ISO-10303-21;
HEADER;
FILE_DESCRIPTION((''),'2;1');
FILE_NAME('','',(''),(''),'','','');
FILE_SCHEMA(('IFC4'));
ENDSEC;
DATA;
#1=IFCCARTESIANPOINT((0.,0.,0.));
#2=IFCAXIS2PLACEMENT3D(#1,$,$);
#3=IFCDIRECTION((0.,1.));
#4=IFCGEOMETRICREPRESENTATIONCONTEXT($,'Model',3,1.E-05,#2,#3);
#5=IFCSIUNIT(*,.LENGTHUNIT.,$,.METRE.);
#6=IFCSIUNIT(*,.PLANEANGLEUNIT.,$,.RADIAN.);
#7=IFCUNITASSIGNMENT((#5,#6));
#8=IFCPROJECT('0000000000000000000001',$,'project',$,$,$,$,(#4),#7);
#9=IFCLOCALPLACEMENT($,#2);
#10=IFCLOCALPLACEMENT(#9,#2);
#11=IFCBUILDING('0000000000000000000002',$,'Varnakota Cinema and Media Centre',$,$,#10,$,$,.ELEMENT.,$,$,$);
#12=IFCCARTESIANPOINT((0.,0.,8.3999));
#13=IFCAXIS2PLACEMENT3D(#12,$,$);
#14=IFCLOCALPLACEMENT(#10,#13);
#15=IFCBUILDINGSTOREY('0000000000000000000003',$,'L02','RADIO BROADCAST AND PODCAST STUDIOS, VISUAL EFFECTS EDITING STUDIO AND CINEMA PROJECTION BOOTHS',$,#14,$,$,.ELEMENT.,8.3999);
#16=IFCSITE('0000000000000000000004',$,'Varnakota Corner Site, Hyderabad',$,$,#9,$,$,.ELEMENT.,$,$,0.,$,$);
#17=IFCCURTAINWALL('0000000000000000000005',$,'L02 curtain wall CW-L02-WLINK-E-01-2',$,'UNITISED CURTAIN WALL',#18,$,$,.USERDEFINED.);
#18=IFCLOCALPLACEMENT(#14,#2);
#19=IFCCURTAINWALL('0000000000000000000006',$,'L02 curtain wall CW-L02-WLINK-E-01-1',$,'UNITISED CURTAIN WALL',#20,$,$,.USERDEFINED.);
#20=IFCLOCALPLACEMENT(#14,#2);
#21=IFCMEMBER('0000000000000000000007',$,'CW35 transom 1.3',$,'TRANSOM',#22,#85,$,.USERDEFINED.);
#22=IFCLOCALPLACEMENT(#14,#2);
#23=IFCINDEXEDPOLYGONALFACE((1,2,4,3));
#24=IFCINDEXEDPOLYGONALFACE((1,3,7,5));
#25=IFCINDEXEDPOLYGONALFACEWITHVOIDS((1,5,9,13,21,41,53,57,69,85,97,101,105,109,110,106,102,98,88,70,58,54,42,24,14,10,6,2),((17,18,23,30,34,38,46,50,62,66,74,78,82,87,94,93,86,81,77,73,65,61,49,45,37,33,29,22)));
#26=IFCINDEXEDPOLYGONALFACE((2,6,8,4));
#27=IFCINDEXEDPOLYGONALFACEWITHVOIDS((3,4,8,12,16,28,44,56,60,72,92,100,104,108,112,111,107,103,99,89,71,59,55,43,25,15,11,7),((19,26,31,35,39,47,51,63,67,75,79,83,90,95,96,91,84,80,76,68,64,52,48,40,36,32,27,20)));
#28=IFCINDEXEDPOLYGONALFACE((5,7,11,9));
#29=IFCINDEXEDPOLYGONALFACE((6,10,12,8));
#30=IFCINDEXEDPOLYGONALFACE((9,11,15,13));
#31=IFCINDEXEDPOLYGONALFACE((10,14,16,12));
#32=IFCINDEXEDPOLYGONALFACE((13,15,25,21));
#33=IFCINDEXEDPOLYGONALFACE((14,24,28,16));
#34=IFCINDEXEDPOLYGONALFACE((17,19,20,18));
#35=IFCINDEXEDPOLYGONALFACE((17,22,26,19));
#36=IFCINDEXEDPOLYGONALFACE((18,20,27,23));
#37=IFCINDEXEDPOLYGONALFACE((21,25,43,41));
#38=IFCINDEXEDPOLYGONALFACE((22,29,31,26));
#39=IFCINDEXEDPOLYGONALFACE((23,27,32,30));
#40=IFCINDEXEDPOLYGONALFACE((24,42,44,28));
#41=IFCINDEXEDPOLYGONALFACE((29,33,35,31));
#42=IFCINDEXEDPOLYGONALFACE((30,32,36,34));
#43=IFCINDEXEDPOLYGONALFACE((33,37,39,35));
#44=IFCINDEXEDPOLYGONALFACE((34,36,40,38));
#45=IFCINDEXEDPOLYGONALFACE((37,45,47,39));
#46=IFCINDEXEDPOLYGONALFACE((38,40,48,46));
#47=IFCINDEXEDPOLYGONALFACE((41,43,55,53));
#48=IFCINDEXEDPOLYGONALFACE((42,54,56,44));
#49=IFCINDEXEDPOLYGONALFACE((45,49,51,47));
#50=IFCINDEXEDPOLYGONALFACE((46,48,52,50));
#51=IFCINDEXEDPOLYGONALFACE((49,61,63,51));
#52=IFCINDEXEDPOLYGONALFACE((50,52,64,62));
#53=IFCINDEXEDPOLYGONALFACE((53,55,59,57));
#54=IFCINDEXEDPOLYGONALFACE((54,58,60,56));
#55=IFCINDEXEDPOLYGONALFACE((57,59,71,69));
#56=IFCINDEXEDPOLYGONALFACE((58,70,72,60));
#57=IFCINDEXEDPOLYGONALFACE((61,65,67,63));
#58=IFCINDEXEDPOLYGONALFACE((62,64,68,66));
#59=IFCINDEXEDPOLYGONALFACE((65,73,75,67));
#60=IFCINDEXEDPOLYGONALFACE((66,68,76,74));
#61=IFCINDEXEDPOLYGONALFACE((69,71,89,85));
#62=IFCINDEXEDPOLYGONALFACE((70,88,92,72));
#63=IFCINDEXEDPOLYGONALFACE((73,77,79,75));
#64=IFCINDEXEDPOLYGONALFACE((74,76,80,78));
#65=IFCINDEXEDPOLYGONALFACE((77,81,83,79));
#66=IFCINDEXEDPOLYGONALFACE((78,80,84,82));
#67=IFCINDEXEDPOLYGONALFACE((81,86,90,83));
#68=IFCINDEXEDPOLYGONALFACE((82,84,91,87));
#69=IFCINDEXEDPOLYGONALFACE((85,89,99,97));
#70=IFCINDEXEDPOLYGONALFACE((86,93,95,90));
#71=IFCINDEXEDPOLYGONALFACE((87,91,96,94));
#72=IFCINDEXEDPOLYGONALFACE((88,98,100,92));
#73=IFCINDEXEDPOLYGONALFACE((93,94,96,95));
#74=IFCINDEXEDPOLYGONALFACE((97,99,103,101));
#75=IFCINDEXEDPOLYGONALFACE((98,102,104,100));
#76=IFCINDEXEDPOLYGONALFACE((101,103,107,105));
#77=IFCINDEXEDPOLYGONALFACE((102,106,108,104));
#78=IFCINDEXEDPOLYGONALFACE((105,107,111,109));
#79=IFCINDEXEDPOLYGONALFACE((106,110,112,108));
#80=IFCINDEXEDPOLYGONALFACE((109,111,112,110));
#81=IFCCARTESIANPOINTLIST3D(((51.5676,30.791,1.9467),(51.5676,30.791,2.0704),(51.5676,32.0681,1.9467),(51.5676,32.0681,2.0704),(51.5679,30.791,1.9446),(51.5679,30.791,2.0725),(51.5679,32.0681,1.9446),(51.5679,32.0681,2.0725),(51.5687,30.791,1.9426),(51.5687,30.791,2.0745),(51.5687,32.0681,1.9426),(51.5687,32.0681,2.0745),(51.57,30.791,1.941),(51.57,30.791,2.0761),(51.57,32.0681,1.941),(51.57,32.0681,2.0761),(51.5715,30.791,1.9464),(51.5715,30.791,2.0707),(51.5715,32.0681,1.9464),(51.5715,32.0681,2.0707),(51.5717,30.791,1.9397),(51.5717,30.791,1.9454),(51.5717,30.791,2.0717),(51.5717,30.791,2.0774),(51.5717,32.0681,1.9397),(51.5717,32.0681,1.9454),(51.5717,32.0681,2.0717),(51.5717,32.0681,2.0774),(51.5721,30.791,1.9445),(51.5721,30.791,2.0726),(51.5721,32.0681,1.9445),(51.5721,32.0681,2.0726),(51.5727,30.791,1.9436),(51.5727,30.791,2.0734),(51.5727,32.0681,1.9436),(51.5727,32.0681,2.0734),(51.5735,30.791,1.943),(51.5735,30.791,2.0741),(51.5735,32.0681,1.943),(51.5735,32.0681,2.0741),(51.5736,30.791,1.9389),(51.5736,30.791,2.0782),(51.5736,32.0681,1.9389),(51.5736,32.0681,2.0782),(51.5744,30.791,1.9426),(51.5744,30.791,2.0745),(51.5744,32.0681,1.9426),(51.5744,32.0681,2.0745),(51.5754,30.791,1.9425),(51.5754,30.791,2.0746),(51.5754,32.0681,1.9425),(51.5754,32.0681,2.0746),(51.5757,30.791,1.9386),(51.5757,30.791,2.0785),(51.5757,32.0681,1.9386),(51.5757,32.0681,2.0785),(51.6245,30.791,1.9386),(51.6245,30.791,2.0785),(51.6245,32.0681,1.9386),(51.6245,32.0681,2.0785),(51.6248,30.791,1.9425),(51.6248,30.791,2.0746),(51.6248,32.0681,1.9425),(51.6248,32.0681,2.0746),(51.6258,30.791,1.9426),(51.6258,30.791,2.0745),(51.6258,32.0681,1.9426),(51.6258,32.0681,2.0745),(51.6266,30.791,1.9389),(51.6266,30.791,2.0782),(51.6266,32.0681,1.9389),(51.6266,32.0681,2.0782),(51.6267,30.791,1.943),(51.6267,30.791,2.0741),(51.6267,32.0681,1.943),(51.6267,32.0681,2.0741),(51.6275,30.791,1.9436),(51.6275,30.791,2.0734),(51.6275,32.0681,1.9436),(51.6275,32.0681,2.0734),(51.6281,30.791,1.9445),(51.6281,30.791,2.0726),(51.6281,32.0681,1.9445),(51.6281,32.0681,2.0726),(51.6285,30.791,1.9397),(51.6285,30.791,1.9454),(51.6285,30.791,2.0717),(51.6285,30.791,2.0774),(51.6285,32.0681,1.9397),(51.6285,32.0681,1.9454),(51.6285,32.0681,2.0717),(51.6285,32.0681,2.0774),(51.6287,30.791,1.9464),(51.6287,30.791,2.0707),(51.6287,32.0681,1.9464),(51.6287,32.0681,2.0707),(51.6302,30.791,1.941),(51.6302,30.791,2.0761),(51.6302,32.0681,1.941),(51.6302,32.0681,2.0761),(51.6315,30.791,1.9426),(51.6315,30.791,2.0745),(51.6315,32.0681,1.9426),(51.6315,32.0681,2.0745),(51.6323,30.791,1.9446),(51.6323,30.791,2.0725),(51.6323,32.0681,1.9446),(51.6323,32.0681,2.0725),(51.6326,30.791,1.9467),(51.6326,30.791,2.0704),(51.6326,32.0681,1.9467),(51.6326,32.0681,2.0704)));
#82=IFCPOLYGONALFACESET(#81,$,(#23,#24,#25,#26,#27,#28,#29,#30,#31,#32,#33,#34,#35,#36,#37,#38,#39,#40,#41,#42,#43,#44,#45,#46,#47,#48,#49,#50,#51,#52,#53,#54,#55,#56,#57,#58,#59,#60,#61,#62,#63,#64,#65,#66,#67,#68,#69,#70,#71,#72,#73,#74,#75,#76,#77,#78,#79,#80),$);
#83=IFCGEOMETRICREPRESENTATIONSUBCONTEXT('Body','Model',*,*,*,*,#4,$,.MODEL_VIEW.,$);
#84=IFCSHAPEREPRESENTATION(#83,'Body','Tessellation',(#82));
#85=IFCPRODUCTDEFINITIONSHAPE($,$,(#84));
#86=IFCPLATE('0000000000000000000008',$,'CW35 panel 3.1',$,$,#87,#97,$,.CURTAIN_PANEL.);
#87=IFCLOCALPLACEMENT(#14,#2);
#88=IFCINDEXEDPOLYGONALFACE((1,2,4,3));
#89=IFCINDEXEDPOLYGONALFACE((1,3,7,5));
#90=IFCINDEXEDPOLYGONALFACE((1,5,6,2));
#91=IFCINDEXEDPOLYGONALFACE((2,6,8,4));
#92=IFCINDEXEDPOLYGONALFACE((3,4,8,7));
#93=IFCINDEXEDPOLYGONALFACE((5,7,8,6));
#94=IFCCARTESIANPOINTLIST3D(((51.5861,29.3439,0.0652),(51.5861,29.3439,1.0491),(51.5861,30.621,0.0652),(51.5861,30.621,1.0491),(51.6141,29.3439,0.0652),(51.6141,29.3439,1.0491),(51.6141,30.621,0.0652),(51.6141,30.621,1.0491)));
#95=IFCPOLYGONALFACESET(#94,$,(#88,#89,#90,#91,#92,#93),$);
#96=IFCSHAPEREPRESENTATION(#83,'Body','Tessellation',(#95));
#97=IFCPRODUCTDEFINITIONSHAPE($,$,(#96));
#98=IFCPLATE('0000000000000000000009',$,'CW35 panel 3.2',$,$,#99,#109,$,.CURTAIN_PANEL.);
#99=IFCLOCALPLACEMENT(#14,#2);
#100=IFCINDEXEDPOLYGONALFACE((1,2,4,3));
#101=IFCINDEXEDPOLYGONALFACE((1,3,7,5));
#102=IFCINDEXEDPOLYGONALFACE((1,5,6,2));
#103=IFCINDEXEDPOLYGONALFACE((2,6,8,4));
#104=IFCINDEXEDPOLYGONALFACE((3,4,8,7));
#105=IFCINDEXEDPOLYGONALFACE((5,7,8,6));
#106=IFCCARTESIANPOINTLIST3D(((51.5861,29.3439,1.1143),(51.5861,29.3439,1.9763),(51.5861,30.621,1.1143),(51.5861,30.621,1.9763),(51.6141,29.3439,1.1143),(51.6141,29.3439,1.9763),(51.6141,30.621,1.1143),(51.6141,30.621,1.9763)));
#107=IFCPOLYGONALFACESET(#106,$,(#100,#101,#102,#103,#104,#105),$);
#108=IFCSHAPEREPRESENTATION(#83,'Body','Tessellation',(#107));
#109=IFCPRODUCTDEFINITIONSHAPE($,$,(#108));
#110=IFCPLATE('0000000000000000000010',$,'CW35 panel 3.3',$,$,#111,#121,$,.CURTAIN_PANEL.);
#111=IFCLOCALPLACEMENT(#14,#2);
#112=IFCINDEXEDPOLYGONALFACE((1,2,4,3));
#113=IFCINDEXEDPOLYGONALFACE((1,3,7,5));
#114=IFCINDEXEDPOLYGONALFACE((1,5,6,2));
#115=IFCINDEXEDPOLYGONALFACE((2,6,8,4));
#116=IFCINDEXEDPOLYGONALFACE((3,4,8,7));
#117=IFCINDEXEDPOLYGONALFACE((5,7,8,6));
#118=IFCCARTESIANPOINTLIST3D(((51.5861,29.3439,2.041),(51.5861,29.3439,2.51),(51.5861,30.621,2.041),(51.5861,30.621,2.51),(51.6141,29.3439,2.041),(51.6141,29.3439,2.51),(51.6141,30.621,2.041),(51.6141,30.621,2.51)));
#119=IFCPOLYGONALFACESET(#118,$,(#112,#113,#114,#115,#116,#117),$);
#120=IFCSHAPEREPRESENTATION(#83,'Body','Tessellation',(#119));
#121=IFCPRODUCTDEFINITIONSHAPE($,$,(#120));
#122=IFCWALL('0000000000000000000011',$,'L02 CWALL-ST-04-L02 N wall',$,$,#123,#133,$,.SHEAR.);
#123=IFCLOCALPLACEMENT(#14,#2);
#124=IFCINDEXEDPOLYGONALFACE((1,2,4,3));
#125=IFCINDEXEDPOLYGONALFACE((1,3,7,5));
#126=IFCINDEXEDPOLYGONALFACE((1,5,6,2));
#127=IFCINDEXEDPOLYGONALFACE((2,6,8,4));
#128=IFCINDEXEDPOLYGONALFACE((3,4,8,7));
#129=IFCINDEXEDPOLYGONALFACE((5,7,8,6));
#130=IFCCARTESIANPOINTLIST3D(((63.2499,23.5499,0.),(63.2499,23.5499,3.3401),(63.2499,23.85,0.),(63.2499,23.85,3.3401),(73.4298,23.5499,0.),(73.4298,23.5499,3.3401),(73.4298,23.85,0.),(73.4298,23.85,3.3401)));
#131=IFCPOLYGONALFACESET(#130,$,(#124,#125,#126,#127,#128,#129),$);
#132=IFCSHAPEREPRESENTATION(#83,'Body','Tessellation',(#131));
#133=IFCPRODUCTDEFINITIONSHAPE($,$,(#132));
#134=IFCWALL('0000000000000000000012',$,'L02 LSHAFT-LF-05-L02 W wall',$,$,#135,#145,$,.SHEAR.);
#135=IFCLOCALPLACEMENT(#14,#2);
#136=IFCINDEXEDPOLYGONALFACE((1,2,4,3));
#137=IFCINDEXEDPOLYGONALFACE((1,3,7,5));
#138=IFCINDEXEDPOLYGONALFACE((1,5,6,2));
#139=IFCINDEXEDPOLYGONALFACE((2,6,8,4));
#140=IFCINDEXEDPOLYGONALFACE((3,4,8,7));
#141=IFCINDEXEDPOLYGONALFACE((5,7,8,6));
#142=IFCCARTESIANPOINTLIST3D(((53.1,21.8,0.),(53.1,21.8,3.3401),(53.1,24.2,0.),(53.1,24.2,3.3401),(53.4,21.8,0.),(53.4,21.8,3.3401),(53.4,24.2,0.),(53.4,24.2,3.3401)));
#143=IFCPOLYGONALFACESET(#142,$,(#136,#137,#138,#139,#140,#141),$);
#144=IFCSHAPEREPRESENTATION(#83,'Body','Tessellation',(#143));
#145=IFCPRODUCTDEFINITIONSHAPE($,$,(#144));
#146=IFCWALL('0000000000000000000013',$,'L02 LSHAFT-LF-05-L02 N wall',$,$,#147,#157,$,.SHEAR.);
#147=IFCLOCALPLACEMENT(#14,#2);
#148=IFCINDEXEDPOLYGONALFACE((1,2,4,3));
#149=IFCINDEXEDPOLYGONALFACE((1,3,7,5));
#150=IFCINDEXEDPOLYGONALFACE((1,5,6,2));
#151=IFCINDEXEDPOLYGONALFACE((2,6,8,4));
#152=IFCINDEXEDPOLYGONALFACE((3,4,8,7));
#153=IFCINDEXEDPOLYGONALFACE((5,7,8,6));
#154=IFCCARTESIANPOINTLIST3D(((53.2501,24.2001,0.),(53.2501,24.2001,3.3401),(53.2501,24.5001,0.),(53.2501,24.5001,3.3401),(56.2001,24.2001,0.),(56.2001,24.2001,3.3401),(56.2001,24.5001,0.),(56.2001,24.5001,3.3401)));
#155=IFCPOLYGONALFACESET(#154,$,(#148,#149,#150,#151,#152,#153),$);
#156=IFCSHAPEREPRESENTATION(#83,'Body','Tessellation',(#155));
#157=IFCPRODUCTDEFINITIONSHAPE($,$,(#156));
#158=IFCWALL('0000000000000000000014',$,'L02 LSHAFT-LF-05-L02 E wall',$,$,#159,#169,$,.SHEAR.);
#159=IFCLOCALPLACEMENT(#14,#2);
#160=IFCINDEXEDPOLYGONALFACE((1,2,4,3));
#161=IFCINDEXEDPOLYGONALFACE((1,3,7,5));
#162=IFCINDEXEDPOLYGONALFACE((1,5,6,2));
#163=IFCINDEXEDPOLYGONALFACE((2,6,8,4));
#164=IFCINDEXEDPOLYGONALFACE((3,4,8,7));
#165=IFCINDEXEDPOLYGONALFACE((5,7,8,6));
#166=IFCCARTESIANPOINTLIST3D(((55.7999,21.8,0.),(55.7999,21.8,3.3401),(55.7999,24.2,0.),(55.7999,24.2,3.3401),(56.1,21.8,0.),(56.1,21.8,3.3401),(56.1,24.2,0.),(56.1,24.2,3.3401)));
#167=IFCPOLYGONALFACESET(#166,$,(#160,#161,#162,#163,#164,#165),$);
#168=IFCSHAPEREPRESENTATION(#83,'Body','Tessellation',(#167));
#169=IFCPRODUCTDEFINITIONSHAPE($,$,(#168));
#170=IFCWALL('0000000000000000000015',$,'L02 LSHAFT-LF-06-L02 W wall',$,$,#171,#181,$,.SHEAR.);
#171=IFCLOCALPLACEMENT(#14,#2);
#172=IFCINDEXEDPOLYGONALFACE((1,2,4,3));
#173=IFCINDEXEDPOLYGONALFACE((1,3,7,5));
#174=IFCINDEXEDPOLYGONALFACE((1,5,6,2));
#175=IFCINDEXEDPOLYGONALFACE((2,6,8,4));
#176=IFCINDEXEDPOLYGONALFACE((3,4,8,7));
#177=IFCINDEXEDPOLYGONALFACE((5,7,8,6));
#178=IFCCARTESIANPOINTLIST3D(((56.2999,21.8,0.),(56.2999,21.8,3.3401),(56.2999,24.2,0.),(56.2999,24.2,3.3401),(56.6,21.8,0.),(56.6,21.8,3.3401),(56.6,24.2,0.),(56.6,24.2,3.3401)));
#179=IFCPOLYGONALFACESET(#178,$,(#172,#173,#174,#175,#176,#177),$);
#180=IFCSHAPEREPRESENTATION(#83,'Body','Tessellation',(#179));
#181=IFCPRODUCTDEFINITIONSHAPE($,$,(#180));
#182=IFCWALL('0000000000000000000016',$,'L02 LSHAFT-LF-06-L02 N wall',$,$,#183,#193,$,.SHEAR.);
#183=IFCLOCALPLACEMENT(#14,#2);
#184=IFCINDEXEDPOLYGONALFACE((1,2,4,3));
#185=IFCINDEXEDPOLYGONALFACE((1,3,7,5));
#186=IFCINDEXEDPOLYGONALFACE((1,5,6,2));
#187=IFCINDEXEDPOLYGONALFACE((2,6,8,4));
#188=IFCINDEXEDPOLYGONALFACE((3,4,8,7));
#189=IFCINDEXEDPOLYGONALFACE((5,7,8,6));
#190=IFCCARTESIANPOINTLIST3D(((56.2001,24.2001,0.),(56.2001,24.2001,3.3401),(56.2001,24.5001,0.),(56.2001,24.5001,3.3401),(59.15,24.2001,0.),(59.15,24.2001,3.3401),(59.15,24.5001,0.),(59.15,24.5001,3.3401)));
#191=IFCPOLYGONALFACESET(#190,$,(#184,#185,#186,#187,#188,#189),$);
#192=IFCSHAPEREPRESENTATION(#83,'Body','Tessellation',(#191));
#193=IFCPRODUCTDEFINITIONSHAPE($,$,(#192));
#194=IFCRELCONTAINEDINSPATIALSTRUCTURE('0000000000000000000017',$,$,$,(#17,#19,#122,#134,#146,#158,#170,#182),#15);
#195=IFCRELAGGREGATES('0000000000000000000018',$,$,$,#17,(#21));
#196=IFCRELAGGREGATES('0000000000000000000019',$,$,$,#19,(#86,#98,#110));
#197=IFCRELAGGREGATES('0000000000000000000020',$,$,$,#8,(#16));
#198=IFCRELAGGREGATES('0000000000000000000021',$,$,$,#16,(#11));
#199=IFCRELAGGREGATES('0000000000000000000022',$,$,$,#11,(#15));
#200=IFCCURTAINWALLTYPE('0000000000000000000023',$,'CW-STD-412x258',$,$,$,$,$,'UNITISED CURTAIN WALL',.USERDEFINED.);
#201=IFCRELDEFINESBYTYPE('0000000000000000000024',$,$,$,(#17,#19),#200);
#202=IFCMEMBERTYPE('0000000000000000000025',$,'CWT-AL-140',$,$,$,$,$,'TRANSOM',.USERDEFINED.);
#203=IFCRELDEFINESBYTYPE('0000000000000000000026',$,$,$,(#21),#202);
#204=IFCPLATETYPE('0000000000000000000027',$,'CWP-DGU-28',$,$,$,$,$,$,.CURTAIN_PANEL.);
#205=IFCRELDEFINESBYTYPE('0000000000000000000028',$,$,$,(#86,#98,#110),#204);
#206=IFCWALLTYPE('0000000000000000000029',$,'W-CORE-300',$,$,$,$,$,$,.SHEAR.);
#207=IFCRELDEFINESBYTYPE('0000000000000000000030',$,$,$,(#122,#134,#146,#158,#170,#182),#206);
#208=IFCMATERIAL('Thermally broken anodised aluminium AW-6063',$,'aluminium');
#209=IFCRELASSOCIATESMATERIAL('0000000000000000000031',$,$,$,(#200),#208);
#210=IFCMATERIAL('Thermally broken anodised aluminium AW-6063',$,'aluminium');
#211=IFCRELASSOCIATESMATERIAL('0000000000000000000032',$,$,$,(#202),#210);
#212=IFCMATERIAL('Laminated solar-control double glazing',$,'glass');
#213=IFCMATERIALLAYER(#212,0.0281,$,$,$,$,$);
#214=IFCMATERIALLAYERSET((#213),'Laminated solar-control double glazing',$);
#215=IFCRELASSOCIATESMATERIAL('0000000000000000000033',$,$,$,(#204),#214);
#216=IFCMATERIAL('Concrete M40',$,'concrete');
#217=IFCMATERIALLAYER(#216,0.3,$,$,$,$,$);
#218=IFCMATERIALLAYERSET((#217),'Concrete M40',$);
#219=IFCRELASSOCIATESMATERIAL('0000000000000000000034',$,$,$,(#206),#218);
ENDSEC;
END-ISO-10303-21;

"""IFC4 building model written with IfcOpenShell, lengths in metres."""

from ifc_helpers import new_model, si_unit, direction, frame, frame_2d, origin, origin_2d, place, context, subcontext, project, spatial, rectangle, hollow_rectangle, extrude, material, layer, layer_set, material_profile, profile_set, type_object, element, aggregate, save


model = new_model("IFC4")

# Units and contexts
model_context = context("Model", 3, precision=1e-05, world=origin(), true_north=direction((0.0, 1.0)))
body_context = subcontext(model_context, "Body", "Model", "MODEL_VIEW")
ifc_project = project(units=[si_unit("LENGTHUNIT", "METRE"), si_unit("PLANEANGLEUNIT", "RADIAN")], contexts=[model_context])

# Site, building, storey
site_placement = place(None, origin())
site = spatial("IfcSite", under=ifc_project, at=site_placement, Name="Varnakota Corner Site, Hyderabad", CompositionType="ELEMENT", RefElevation=0.0)
building_placement = place(site_placement, origin())
building = spatial("IfcBuilding", under=site, at=building_placement, Name="Varnakota Cinema and Media Centre", CompositionType="ELEMENT")
storey_placement = place(building_placement, frame((0.0, 0.0, 8.3999)))
storey = spatial("IfcBuildingStorey", under=building, at=storey_placement, Name="L02", Description="RADIO BROADCAST AND PODCAST STUDIOS, VISUAL EFFECTS EDITING STUDIO AND CINEMA PROJECTION BOOTHS", CompositionType="ELEMENT", Elevation=8.3999)

# Curtain wall
ifc_material_1 = material(Name="Thermally broken anodised aluminium AW-6063", Category="aluminium")
curtain_wall_type = type_object("IfcCurtainWallType", Name="CW-STD-412x258", ElementType="UNITISED CURTAIN WALL", PredefinedType="USERDEFINED", material=ifc_material_1)
curtain_wall_1_placement = place(storey_placement, origin())
curtain_wall_1 = element("IfcCurtainWall", 1, at=curtain_wall_1_placement, inside=storey, type_object=curtain_wall_type, Name="L02 curtain wall CW-L02-WLINK-E-01-2", ObjectType="UNITISED CURTAIN WALL", PredefinedType="USERDEFINED")

# Curtain wall
curtain_wall_2_placement = place(storey_placement, origin())
curtain_wall_2 = element("IfcCurtainWall", 2, at=curtain_wall_2_placement, inside=storey, type_object=curtain_wall_type, Name="L02 curtain wall CW-L02-WLINK-E-01-1", ObjectType="UNITISED CURTAIN WALL", PredefinedType="USERDEFINED")
ifc_material_2 = material(Name="Thermally broken anodised aluminium AW-6063", Category="aluminium")
ifc_material_profile_1 = material_profile(ifc_material_2, hollow_rectangle(XDim=0.0649, YDim=0.1399, WallThickness=0.0039, InnerFilletRadius=0.0039, OuterFilletRadius=0.0081, at=origin_2d()), Name="AL-TRANSOM 140x65x4")
ifc_profile_set_1 = profile_set([ifc_material_profile_1], Name="Thermally broken anodised aluminium AW-6063")
member_type_1 = type_object("IfcMemberType", Name="CWT-AL-140", ElementType="TRANSOM", PredefinedType="USERDEFINED", material=ifc_profile_set_1)

# Member
member_1_placement = place(storey_placement, frame((51.6001, 30.791, 2.0085), z_axis=(0.0, 1.0, 0.0), x_axis=(-1.0, 0.0, 0.0)))
member_1 = element("IfcMember", 3, at=member_1_placement, type_object=member_type_1, Name="CW35 transom 1.3", ObjectType="TRANSOM", PredefinedType="USERDEFINED", context=body_context, shape_type="SweptSolid", body=[
    extrude(hollow_rectangle(XDim=0.0649, YDim=0.1399, WallThickness=0.0039, InnerFilletRadius=0.0039, OuterFilletRadius=0.0081, at=origin_2d()), origin(), (0.0, 0.0, 1.0), 1.2771),
])
aggregate(curtain_wall_1, [member_1])

# Plates
ifc_material_3 = material(Name="Laminated solar-control double glazing", Category="glass")
ifc_layer_1 = layer(ifc_material_3, 0.0281)
ifc_layer_set_1 = layer_set([ifc_layer_1], Name="Laminated solar-control double glazing")
plate_type = type_object("IfcPlateType", Name="CWP-DGU-28", PredefinedType="CURTAIN_PANEL", material=ifc_layer_set_1)
plate_1_placement = place(storey_placement, frame((51.6001, 29.9824, 0.0652), z_axis=(0.0, 0.0, 1.0), x_axis=(0.0, 1.0, 0.0)))
plate_1 = element("IfcPlate", 4, at=plate_1_placement, type_object=plate_type, Name="CW35 panel 3.1", PredefinedType="CURTAIN_PANEL", context=body_context, shape_type="SweptSolid", body=[
    extrude(rectangle(XDim=1.2771, YDim=0.0281, at=origin_2d()), origin(), (0.0, 0.0, 1.0), 0.9839),
])
plate_2_placement = place(storey_placement, frame((51.6001, 29.9824, 1.1143), z_axis=(0.0, 0.0, 1.0), x_axis=(0.0, 1.0, 0.0)))
plate_2 = element("IfcPlate", 5, at=plate_2_placement, type_object=plate_type, Name="CW35 panel 3.2", PredefinedType="CURTAIN_PANEL", context=body_context, shape_type="SweptSolid", body=[
    extrude(rectangle(XDim=1.2771, YDim=0.0281, at=origin_2d()), origin(), (0.0, 0.0, 1.0), 0.8621),
])
plate_3_placement = place(storey_placement, frame((51.6001, 29.9824, 2.041), z_axis=(0.0, 0.0, 1.0), x_axis=(0.0, 1.0, 0.0)))
plate_3 = element("IfcPlate", 6, at=plate_3_placement, type_object=plate_type, Name="CW35 panel 3.3", PredefinedType="CURTAIN_PANEL", context=body_context, shape_type="SweptSolid", body=[
    extrude(rectangle(XDim=1.2771, YDim=0.0281, at=origin_2d()), origin(), (0.0, 0.0, 1.0), 0.469),
])
aggregate(curtain_wall_2, [plate_1, plate_2, plate_3])

# Wall
ifc_material_4 = material(Name="Concrete M40", Category="concrete")
ifc_layer_2 = layer(ifc_material_4, 0.3)
ifc_layer_set_2 = layer_set([ifc_layer_2], Name="Concrete M40")
wall_type = type_object("IfcWallType", Name="W-CORE-300", PredefinedType="SHEAR", material=ifc_layer_set_2)
wall_1_placement = place(storey_placement, frame((63.25, 23.7, 0.0), z_axis=(0.0, 0.0, 1.0), x_axis=(1.0, 0.0, 0.0)))
element("IfcWall", 7, at=wall_1_placement, inside=storey, type_object=wall_type, Name="L02 CWALL-ST-04-L02 N wall", PredefinedType="SHEAR", context=body_context, shape_type="SweptSolid", body=[
    extrude(rectangle(XDim=10.1799, YDim=0.3, at=frame_2d((5.0898, 0.0))), origin(), (0.0, 0.0, 1.0), 3.3401),
])

# Walls
wall_2_placement = place(storey_placement, frame((53.25, 21.8, 0.0), z_axis=(0.0, 0.0, 1.0), x_axis=(0.0, 1.0, 0.0)))
element("IfcWall", 8, at=wall_2_placement, inside=storey, type_object=wall_type, Name="L02 LSHAFT-LF-05-L02 W wall", PredefinedType="SHEAR", context=body_context, shape_type="SweptSolid", body=[
    extrude(rectangle(XDim=2.3999, YDim=0.3, at=frame_2d((1.2, 0.0))), origin(), (0.0, 0.0, 1.0), 3.3401),
])
wall_3_placement = place(storey_placement, frame((53.25, 24.3501, 0.0), z_axis=(0.0, 0.0, 1.0), x_axis=(1.0, 0.0, 0.0)))
element("IfcWall", 9, at=wall_3_placement, inside=storey, type_object=wall_type, Name="L02 LSHAFT-LF-05-L02 N wall", PredefinedType="SHEAR", context=body_context, shape_type="SweptSolid", body=[
    extrude(rectangle(XDim=2.95, YDim=0.3, at=frame_2d((1.4751, 0.0))), origin(), (0.0, 0.0, 1.0), 3.3401),
])
wall_4_placement = place(storey_placement, frame((55.95, 24.2, 0.0), z_axis=(0.0, 0.0, 1.0), x_axis=(0.0, -1.0, 0.0)))
element("IfcWall", 10, at=wall_4_placement, inside=storey, type_object=wall_type, Name="L02 LSHAFT-LF-05-L02 E wall", PredefinedType="SHEAR", context=body_context, shape_type="SweptSolid", body=[
    extrude(rectangle(XDim=2.3999, YDim=0.3, at=frame_2d((1.2, 0.0))), origin(), (0.0, 0.0, 1.0), 3.3401),
])

# Walls
wall_5_placement = place(storey_placement, frame((56.45, 21.8, 0.0), z_axis=(0.0, 0.0, 1.0), x_axis=(0.0, 1.0, 0.0)))
element("IfcWall", 11, at=wall_5_placement, inside=storey, type_object=wall_type, Name="L02 LSHAFT-LF-06-L02 W wall", PredefinedType="SHEAR", context=body_context, shape_type="SweptSolid", body=[
    extrude(rectangle(XDim=2.3999, YDim=0.3, at=frame_2d((1.2, 0.0))), origin(), (0.0, 0.0, 1.0), 3.3401),
])
wall_6_placement = place(storey_placement, frame((56.2, 24.3501, 0.0), z_axis=(0.0, 0.0, 1.0), x_axis=(1.0, 0.0, 0.0)))
element("IfcWall", 12, at=wall_6_placement, inside=storey, type_object=wall_type, Name="L02 LSHAFT-LF-06-L02 N wall", PredefinedType="SHEAR", context=body_context, shape_type="SweptSolid", body=[
    extrude(rectangle(XDim=2.95, YDim=0.3, at=frame_2d((1.4751, 0.0))), origin(), (0.0, 0.0, 1.0), 3.3401),
])

save(model, "model.ifc")
